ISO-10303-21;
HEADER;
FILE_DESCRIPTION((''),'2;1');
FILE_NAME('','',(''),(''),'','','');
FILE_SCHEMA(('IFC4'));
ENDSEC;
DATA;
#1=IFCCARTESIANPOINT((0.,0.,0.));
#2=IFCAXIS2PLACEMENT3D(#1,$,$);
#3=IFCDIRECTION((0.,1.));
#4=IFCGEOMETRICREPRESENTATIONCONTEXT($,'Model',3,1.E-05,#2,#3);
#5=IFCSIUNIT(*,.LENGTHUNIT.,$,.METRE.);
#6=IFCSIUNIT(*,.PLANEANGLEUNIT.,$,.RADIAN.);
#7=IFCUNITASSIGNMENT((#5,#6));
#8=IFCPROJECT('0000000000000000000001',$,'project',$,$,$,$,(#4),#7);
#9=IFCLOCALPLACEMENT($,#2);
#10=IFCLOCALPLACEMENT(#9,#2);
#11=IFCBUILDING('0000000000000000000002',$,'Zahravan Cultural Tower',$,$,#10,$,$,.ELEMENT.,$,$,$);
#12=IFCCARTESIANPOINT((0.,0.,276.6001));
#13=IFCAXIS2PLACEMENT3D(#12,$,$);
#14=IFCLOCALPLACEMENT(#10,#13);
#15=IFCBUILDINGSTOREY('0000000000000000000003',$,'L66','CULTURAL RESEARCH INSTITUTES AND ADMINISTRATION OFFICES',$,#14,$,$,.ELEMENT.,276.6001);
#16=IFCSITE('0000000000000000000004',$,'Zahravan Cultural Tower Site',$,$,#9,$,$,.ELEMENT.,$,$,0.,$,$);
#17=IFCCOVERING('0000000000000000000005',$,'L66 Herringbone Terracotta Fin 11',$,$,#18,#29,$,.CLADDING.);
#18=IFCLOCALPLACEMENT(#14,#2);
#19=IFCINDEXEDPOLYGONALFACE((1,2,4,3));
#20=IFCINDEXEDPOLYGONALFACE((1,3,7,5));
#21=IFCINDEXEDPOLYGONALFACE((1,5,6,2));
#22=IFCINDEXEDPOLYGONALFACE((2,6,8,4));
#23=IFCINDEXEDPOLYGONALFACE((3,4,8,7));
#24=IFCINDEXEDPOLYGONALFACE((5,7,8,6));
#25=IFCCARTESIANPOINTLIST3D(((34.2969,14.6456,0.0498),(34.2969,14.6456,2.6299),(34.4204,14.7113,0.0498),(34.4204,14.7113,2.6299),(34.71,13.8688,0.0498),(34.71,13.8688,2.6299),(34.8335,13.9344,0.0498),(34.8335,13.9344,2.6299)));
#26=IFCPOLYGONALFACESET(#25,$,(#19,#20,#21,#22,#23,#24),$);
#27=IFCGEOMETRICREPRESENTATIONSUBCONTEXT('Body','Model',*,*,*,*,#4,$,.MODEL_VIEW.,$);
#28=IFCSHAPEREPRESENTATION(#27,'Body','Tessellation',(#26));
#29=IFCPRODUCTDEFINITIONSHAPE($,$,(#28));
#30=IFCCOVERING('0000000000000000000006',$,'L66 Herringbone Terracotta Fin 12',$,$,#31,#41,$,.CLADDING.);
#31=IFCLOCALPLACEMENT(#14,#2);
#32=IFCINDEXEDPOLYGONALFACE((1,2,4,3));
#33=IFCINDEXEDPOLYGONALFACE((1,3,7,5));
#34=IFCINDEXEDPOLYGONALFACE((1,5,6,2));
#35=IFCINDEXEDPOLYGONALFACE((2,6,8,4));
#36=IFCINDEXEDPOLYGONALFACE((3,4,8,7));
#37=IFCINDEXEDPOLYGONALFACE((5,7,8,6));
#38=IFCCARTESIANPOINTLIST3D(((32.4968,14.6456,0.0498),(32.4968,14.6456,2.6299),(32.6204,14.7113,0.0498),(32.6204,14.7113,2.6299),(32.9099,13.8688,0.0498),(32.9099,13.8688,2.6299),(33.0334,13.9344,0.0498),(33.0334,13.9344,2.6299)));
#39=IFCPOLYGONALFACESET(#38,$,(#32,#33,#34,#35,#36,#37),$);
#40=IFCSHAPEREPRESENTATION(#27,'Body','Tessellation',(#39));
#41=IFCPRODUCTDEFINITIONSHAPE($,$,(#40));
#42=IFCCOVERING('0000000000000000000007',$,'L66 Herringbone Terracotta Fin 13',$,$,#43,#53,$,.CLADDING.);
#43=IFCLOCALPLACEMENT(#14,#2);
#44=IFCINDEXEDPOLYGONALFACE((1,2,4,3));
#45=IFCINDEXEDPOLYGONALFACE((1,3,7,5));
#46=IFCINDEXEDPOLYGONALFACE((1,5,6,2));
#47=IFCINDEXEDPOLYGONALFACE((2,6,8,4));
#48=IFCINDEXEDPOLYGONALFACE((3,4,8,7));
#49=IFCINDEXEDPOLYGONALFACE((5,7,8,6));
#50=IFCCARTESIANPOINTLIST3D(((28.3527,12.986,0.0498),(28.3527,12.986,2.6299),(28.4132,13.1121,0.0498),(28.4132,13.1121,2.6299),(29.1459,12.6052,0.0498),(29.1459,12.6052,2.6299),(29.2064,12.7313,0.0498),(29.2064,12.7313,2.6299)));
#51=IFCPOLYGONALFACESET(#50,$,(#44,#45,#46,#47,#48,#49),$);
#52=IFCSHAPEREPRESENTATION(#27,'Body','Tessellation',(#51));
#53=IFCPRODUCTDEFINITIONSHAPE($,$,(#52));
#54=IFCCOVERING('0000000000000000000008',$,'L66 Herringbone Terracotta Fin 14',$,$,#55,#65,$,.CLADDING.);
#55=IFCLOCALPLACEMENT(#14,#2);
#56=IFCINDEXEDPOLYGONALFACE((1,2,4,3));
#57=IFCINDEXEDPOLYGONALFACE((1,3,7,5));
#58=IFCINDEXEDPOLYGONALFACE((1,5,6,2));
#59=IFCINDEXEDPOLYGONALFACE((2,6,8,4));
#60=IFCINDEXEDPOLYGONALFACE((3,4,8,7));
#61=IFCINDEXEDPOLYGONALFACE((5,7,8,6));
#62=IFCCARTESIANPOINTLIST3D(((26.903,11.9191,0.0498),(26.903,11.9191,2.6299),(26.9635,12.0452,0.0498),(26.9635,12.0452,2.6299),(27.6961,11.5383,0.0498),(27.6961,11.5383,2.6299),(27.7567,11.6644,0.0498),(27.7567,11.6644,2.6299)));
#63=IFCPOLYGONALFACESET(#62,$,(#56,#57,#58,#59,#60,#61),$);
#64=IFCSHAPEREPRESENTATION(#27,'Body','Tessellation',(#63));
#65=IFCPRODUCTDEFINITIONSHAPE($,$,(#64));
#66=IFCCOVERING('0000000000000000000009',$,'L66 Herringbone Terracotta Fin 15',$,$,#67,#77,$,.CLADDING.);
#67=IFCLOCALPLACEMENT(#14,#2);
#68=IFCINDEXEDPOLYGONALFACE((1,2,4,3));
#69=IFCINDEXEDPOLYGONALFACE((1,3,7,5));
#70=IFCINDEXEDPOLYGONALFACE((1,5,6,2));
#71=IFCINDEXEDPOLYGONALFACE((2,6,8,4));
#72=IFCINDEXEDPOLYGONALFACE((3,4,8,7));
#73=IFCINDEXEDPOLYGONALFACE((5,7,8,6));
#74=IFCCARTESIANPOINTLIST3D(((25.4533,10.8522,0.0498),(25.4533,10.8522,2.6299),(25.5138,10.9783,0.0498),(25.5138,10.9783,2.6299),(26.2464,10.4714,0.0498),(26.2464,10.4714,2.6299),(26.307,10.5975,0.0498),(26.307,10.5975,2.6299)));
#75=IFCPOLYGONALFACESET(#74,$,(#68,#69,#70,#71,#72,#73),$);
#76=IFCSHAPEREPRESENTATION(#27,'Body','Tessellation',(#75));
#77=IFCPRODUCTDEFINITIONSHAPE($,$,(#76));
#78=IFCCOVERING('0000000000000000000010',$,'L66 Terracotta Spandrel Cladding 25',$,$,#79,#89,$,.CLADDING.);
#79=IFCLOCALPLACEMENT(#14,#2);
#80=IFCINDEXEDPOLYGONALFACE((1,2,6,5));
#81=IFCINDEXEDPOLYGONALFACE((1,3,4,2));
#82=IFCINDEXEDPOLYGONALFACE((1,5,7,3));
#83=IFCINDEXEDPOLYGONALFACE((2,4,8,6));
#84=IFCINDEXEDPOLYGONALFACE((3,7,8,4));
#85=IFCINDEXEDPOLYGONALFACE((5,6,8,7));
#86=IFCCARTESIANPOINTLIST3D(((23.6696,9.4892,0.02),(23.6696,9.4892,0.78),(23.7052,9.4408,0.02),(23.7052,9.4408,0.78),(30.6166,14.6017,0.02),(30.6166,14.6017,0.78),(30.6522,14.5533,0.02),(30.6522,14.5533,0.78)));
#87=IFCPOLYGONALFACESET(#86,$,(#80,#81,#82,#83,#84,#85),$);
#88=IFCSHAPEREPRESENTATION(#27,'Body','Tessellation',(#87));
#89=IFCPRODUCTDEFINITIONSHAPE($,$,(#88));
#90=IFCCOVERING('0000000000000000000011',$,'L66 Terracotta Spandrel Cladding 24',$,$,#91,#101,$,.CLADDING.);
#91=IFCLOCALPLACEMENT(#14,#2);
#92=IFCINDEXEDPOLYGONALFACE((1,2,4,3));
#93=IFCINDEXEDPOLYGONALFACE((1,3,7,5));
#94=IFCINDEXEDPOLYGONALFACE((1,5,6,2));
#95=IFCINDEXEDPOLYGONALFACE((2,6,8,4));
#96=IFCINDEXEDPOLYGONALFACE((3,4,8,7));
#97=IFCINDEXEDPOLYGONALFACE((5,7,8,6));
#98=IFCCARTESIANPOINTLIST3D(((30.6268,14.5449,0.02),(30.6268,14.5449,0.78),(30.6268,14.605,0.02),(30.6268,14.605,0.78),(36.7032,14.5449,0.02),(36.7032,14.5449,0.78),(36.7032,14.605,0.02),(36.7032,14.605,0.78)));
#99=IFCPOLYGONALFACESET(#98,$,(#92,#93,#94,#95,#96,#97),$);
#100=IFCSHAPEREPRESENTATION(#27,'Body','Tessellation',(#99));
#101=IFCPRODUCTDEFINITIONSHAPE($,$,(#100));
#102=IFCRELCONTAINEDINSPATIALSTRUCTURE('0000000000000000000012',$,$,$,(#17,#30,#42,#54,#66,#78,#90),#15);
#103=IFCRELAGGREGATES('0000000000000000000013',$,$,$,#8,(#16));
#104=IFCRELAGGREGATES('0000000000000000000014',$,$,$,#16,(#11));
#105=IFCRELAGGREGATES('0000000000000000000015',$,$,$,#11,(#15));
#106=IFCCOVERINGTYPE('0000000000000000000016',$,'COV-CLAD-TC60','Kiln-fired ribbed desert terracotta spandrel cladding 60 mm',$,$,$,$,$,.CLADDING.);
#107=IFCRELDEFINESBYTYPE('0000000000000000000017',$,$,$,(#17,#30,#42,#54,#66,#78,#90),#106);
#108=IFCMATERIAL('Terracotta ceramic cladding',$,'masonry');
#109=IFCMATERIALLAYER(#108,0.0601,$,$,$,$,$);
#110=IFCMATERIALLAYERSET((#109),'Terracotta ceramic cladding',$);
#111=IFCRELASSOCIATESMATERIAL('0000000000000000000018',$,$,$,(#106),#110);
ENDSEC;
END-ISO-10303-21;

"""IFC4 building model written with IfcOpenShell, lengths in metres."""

from ifc_helpers import new_model, si_unit, direction, frame, origin, origin_2d, place, context, subcontext, project, spatial, rectangle, extrude, source, transform, mapped, material, layer, layer_set, type_object, element, save


model = new_model("IFC4")

# Units and contexts
model_context = context("Model", 3, precision=1e-05, world=origin(), true_north=direction((0.0, 1.0)))
body_context = subcontext(model_context, "Body", "Model", "MODEL_VIEW")
ifc_project = project(units=[si_unit("LENGTHUNIT", "METRE"), si_unit("PLANEANGLEUNIT", "RADIAN")], contexts=[model_context])

# Site, building, storey
site_placement = place(None, origin())
site = spatial("IfcSite", under=ifc_project, at=site_placement, Name="Zahravan Cultural Tower Site", CompositionType="ELEMENT", RefElevation=0.0)
building_placement = place(site_placement, origin())
building = spatial("IfcBuilding", under=site, at=building_placement, Name="Zahravan Cultural Tower", CompositionType="ELEMENT")
storey_placement = place(building_placement, frame((0.0, 0.0, 276.6001)))
storey = spatial("IfcBuildingStorey", under=building, at=storey_placement, Name="L66", Description="CULTURAL RESEARCH INSTITUTES AND ADMINISTRATION OFFICES", CompositionType="ELEMENT", Elevation=276.6001)

# Coverings
ifc_material_1 = material(Name="Terracotta ceramic cladding", Category="masonry")
ifc_layer_1 = layer(ifc_material_1, 0.0601)
ifc_layer_set_1 = layer_set([ifc_layer_1], Name="Terracotta ceramic cladding")
covering_type = type_object("IfcCoveringType", Name="COV-CLAD-TC60", Description="Kiln-fired ribbed desert terracotta spandrel cladding 60 mm", PredefinedType="CLADDING", material=ifc_layer_set_1)
shared_shape_1 = source(origin(), body_context, "Body", "SweptSolid", [
    extrude(rectangle(XDim=0.8799, YDim=0.1399, at=origin_2d()), origin(), (0.0, 0.0, 1.0), 2.5801),
])
for number, where, z_axis, x_axis, name in (
    (1, (34.5652, 14.29, 0.0498), (0.0, 0.0, 1.0), (0.469472, -0.882948, 0.0), "L66 Herringbone Terracotta Fin 11"),
    (2, (32.7651, 14.29, 0.0498), (0.0, 0.0, 1.0), (0.469472, -0.882948, 0.0), "L66 Herringbone Terracotta Fin 12"),
    (3, (28.7795, 12.8586, 0.0498), (0.0, 0.0, 1.0), (0.901455, -0.432873, 0.0), "L66 Herringbone Terracotta Fin 13"),
    (4, (27.3298, 11.7917, 0.0498), (0.0, 0.0, 1.0), (0.901455, -0.432873, 0.0), "L66 Herringbone Terracotta Fin 14"),
    (5, (25.8801, 10.7249, 0.0498), (0.0, 0.0, 1.0), (0.901455, -0.432873, 0.0), "L66 Herringbone Terracotta Fin 15"),
):
    element("IfcCovering", number, at=place(storey_placement, frame(where, z_axis=z_axis, x_axis=x_axis)), inside=storey, type_object=covering_type, Name=name, PredefinedType="CLADDING", context=body_context, shape_type="MappedRepresentation", body=[
        mapped(shared_shape_1, transform((0.0, 0.0, 0.0), x_axis=(1.0, 0.0, 0.0), y_axis=(0.0, 1.0, 0.0), z_axis=(0.0, 0.0, 1.0), scale=1.0)),
    ])
shared_shape_2 = source(origin(), body_context, "Body", "SweptSolid", [
    extrude(rectangle(XDim=8.6255, YDim=0.0601, at=origin_2d()), origin(), (0.0, 0.0, 1.0), 0.76),
])
covering_1_placement = place(storey_placement, frame((27.1609, 12.0212, 0.02), z_axis=(0.0, 0.0, 1.0), x_axis=(-0.805411, -0.592716, 0.0)))
element("IfcCovering", 6, at=covering_1_placement, inside=storey, type_object=covering_type, Name="L66 Terracotta Spandrel Cladding 25", PredefinedType="CLADDING", context=body_context, shape_type="MappedRepresentation", body=[
    mapped(shared_shape_2, transform((0.0, 0.0, 0.0), x_axis=(1.0, 0.0, 0.0), y_axis=(0.0, 1.0, 0.0), z_axis=(0.0, 0.0, 1.0), scale=1.0)),
])
shared_shape_3 = source(origin(), body_context, "Body", "SweptSolid", [
    extrude(rectangle(XDim=6.0764, YDim=0.0601, at=origin_2d()), origin(), (0.0, 0.0, 1.0), 0.76),
])
covering_2_placement = place(storey_placement, frame((33.665, 14.575, 0.02), z_axis=(0.0, 0.0, 1.0), x_axis=(-1.0, 0.0, 0.0)))
element("IfcCovering", 7, at=covering_2_placement, inside=storey, type_object=covering_type, Name="L66 Terracotta Spandrel Cladding 24", PredefinedType="CLADDING", context=body_context, shape_type="MappedRepresentation", body=[
    mapped(shared_shape_3, transform((0.0, 0.0, 0.0), x_axis=(1.0, 0.0, 0.0), y_axis=(0.0, 1.0, 0.0), z_axis=(0.0, 0.0, 1.0), scale=1.0)),
])

save(model, "model.ifc")
